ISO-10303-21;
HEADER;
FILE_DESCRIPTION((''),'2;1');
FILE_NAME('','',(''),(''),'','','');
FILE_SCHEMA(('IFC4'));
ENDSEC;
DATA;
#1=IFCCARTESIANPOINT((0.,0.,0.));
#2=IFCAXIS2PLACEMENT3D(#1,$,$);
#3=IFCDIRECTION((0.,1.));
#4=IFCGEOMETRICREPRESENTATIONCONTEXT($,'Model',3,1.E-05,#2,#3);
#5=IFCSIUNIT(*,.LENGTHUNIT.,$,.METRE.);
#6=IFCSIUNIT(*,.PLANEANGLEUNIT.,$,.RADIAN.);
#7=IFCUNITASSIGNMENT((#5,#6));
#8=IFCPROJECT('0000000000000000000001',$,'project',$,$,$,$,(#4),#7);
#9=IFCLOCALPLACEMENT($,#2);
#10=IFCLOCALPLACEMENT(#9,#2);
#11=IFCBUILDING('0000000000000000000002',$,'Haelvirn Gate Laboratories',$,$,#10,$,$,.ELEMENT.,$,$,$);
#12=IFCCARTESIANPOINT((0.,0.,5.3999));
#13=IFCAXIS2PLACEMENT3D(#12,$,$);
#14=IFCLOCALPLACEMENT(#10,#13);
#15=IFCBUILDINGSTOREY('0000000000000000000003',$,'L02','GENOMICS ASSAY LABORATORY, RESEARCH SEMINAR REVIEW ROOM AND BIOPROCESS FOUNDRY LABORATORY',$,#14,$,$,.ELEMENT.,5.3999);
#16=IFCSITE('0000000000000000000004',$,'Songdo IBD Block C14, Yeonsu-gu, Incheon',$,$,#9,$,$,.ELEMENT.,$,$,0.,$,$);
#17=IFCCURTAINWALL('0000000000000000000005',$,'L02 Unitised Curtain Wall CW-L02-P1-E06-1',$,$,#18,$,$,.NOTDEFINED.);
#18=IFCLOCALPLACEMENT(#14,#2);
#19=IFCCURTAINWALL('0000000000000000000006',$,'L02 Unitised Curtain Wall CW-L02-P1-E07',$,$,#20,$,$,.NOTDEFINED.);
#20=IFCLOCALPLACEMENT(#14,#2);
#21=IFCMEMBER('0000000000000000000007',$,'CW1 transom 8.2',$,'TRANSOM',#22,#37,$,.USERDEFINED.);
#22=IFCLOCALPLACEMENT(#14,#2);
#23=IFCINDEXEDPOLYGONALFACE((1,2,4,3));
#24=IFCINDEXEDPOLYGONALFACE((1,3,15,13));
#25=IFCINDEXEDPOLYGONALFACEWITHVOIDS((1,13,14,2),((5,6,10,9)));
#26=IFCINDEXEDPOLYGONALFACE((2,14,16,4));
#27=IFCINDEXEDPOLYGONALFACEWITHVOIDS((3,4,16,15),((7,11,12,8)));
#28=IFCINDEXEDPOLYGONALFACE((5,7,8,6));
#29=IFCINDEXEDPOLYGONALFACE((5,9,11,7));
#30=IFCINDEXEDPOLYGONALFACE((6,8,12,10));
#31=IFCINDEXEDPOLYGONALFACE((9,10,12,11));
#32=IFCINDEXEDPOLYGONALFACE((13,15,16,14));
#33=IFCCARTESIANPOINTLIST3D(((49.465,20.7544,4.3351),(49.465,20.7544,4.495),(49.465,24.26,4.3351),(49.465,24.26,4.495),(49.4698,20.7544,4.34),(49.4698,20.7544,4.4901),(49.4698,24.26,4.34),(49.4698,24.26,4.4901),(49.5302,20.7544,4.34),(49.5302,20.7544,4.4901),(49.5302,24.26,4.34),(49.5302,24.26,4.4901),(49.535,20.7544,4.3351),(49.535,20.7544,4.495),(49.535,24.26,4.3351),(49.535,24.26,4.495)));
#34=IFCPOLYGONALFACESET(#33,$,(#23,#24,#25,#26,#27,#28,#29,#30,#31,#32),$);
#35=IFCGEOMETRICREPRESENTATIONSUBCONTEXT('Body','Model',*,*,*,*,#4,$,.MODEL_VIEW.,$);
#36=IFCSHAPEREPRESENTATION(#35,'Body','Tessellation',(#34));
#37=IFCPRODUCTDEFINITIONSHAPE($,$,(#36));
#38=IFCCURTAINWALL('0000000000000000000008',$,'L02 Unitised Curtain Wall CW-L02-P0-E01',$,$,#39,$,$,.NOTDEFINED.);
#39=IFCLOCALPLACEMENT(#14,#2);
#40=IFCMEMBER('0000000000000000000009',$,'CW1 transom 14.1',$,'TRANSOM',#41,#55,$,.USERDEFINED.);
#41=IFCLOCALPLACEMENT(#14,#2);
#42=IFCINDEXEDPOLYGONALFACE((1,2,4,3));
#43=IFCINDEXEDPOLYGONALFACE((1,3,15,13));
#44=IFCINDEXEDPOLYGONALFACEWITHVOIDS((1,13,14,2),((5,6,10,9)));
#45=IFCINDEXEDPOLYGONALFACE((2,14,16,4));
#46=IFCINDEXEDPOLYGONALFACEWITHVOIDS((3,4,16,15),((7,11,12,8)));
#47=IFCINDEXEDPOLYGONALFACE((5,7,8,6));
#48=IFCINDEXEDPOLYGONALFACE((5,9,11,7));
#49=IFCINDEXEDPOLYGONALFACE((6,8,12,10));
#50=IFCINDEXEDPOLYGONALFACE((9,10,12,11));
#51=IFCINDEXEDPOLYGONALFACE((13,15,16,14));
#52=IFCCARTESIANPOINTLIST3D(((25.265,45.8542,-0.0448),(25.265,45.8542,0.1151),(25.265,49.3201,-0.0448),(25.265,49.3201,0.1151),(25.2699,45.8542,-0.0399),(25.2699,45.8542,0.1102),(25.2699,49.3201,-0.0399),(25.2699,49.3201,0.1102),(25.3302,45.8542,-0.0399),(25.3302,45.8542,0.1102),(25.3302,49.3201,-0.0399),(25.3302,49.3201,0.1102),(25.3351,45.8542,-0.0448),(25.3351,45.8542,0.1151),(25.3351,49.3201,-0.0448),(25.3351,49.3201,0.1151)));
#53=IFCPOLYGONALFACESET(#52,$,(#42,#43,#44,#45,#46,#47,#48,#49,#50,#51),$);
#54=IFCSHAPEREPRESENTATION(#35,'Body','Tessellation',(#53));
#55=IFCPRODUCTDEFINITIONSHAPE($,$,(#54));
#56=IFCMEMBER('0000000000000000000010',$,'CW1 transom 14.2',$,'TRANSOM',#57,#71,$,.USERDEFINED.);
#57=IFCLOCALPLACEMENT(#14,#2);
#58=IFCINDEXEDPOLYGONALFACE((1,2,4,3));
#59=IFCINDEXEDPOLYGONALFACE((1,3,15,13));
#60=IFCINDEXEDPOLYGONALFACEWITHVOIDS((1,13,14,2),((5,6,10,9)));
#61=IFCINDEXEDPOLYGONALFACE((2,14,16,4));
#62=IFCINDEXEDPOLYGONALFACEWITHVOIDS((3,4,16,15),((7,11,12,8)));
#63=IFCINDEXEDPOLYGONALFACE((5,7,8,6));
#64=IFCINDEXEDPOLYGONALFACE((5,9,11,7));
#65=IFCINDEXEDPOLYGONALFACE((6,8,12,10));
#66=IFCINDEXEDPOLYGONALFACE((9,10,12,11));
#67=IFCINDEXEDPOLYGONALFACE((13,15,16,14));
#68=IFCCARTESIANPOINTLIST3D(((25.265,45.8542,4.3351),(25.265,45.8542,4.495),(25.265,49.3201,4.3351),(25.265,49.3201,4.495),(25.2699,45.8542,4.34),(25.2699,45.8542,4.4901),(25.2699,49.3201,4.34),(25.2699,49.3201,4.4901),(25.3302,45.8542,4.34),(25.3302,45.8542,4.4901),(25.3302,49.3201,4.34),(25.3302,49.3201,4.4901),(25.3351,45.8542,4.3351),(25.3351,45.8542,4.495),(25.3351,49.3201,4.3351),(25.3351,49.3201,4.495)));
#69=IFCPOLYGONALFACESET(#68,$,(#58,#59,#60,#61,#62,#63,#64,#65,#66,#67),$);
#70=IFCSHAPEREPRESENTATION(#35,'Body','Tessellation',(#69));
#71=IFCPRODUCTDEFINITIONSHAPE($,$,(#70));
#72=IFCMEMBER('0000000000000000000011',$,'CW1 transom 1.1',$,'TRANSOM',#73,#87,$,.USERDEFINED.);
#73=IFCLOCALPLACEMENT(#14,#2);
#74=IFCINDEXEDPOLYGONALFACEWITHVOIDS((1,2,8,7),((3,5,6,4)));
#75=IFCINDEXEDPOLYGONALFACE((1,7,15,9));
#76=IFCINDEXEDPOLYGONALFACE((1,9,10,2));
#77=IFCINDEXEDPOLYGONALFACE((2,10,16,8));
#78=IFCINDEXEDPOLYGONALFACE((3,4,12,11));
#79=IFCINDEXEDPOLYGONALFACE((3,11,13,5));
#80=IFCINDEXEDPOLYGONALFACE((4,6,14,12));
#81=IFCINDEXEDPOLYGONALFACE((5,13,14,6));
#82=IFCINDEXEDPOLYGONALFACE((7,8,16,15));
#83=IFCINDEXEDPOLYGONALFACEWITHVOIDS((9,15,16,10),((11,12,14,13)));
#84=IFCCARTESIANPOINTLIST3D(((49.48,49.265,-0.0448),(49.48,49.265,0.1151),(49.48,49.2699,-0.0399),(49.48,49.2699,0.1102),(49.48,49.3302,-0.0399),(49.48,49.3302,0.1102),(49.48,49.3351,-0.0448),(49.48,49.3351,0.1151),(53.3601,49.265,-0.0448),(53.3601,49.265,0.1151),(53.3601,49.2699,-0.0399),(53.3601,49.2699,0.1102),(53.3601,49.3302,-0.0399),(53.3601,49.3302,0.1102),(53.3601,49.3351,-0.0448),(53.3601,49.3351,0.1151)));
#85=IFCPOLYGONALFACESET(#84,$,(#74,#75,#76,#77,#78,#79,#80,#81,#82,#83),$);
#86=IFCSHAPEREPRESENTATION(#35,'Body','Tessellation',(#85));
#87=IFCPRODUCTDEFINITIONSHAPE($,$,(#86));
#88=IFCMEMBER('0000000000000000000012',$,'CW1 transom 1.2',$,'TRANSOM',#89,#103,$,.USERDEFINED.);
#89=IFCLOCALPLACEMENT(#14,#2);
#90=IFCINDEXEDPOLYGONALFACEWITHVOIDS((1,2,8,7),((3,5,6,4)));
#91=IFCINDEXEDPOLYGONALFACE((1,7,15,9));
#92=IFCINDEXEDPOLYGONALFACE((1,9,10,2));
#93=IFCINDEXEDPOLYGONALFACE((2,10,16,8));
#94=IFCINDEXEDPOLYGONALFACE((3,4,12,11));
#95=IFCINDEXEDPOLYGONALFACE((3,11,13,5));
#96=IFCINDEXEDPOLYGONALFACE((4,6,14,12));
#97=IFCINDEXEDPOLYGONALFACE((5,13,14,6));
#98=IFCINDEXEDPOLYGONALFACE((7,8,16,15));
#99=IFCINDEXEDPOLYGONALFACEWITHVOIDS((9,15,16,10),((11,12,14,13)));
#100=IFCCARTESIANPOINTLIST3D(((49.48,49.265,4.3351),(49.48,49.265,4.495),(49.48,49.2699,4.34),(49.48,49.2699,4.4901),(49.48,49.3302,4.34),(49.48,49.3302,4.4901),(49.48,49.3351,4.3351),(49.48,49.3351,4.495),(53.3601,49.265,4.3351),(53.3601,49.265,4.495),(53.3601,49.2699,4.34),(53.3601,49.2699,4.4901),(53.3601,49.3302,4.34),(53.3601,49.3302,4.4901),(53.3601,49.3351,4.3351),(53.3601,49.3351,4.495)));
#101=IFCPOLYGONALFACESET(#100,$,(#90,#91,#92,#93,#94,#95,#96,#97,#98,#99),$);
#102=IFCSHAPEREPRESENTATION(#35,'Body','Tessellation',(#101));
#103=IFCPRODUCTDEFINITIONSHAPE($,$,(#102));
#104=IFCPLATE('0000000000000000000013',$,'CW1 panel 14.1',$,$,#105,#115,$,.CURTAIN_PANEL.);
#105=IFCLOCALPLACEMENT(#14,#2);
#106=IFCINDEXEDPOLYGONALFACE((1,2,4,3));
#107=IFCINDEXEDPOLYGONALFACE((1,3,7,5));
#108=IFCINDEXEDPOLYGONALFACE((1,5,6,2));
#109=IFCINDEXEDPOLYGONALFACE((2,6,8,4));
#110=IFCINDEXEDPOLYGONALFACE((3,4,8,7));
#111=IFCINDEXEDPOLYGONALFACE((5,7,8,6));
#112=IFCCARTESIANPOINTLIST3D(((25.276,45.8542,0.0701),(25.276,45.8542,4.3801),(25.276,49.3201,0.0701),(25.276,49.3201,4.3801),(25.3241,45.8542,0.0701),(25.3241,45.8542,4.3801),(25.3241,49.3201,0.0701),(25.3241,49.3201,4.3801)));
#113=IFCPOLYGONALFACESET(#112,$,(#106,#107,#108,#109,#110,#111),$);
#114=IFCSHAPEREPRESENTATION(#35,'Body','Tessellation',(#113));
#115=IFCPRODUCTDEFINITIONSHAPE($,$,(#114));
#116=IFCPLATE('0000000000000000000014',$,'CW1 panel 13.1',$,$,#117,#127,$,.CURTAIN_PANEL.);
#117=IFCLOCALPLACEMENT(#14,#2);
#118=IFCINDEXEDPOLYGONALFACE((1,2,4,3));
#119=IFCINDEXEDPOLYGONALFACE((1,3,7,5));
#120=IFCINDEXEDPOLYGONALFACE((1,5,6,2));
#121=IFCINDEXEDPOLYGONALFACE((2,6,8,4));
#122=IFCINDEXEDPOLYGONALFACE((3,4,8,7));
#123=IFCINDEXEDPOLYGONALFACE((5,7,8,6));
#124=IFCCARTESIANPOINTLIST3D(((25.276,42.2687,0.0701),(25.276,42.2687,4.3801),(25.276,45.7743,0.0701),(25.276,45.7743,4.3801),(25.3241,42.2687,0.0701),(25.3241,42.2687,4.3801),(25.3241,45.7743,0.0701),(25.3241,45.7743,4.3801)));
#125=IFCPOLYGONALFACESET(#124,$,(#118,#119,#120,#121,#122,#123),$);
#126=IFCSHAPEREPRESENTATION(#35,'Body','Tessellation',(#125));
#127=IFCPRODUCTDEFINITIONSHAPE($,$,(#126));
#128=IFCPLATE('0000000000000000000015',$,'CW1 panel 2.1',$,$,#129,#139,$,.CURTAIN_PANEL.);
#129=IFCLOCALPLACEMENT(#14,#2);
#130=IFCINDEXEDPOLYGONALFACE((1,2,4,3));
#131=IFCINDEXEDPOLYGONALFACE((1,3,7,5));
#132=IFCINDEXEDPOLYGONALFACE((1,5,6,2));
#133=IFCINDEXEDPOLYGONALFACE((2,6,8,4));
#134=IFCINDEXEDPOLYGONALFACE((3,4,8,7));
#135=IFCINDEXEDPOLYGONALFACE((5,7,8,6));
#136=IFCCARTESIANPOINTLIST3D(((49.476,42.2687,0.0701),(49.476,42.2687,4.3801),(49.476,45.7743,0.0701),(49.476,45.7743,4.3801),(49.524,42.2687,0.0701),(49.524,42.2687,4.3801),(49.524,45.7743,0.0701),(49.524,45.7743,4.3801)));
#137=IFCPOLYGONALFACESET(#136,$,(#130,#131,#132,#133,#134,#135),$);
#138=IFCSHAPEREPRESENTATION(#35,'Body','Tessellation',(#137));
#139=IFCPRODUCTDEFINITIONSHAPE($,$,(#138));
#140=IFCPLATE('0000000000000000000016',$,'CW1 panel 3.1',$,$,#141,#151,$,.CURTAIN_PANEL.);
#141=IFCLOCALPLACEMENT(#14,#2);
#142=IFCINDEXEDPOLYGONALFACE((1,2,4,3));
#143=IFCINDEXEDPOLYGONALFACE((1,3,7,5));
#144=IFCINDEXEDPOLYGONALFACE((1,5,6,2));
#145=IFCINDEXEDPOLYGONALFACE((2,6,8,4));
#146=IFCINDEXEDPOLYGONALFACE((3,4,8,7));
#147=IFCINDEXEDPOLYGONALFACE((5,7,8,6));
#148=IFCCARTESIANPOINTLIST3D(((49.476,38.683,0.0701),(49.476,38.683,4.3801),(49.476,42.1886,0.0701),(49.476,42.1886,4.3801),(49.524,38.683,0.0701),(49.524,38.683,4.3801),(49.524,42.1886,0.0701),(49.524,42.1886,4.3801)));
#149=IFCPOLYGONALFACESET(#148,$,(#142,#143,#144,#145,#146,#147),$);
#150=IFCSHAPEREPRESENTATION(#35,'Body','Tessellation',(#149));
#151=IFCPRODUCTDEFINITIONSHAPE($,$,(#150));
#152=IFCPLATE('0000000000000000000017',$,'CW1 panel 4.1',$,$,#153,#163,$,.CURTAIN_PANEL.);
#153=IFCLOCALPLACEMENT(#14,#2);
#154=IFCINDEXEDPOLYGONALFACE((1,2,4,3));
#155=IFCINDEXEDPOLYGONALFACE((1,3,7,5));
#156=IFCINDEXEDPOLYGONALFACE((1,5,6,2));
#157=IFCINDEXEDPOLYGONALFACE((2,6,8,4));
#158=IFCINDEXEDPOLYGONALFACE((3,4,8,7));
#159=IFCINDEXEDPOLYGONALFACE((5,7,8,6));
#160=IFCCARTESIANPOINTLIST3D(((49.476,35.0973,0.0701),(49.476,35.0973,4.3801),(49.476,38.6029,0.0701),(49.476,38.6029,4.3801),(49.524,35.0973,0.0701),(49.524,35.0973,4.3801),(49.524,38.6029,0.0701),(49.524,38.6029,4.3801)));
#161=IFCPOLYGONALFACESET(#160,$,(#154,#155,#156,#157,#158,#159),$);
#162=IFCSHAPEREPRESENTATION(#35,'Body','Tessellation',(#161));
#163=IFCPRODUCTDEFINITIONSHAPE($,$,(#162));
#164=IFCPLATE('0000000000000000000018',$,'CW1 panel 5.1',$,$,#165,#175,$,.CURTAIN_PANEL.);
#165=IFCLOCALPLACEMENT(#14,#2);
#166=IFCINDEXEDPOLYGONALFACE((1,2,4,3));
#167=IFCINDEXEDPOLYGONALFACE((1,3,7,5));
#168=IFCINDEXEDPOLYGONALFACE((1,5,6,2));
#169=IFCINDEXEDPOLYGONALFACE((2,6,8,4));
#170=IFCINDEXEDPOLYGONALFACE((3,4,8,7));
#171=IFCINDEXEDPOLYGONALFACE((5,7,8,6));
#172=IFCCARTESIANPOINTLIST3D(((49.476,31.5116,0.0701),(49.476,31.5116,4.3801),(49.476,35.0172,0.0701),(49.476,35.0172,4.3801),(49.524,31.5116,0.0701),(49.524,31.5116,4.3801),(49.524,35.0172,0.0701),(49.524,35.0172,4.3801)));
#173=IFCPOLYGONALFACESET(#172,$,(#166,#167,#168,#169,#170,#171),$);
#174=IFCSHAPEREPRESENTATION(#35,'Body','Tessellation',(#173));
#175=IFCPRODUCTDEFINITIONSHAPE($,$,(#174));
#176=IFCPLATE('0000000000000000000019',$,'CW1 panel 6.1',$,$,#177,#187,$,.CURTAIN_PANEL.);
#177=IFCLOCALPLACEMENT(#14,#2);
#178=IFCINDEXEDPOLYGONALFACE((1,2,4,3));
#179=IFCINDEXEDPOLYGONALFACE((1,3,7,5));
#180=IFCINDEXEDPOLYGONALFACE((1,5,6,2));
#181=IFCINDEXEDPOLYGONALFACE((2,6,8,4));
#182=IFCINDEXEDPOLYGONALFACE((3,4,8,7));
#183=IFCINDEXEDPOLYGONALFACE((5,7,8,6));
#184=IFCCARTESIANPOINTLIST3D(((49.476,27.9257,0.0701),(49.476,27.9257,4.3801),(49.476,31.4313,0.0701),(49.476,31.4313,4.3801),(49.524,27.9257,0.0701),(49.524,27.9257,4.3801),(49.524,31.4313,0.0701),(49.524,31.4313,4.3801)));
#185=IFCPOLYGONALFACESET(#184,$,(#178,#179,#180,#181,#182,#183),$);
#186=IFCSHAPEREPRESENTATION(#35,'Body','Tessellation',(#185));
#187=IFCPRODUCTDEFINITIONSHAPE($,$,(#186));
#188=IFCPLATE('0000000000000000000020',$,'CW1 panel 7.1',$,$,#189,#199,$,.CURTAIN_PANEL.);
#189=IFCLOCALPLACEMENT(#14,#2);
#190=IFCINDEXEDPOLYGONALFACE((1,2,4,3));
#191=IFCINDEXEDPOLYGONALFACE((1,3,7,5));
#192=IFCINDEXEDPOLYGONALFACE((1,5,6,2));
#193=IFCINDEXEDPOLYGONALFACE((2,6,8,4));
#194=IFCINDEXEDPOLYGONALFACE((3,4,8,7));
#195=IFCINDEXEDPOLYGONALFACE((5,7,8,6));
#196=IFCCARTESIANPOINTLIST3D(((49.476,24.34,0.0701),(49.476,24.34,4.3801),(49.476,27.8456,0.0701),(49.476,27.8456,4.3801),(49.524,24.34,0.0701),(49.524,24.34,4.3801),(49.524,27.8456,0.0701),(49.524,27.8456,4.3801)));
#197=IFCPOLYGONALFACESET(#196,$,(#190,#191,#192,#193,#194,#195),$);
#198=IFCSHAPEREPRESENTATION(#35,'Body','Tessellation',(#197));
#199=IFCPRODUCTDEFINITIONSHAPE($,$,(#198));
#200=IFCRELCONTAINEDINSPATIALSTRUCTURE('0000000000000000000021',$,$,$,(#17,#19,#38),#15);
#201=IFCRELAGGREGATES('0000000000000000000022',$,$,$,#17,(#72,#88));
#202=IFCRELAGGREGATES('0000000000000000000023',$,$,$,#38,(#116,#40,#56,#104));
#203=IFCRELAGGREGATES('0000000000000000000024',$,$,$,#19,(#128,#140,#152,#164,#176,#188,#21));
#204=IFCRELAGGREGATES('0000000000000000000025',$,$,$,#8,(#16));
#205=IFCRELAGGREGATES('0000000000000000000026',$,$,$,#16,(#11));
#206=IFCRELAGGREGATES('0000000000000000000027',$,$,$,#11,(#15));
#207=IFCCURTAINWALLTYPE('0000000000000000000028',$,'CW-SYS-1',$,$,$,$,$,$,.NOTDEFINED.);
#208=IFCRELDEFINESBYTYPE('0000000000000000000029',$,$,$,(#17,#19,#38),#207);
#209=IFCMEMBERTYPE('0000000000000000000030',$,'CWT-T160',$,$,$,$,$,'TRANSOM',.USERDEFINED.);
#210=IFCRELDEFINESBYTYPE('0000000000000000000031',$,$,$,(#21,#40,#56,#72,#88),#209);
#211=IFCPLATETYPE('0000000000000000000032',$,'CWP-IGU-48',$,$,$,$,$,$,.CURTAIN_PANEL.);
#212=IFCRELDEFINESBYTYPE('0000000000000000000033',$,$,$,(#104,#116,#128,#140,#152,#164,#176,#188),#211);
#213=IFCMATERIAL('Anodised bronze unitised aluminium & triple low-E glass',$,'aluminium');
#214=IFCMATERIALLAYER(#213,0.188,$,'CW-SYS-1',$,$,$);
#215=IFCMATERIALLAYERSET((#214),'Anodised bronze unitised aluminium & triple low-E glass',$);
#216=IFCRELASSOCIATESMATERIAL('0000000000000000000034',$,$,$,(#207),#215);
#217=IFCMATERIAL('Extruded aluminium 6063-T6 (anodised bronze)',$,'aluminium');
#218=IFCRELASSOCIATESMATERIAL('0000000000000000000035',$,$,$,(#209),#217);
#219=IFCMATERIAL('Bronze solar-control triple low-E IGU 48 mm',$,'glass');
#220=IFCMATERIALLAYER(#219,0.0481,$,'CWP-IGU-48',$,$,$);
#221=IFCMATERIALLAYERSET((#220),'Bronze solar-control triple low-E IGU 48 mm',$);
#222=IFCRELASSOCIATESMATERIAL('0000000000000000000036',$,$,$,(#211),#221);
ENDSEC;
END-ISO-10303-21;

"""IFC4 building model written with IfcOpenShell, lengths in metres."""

from ifc_helpers import new_model, si_unit, direction, frame, origin, origin_2d, place, context, subcontext, project, spatial, rectangle, hollow_rectangle, extrude, source, transform, mapped, material, layer, layer_set, material_profile, profile_set, type_object, type_shapes, element, aggregate, save


model = new_model("IFC4")

# Units and contexts
model_context = context("Model", 3, precision=1e-05, world=origin(), true_north=direction((0.0, 1.0)))
body_context = subcontext(model_context, "Body", "Model", "MODEL_VIEW")
ifc_project = project(units=[si_unit("LENGTHUNIT", "METRE"), si_unit("PLANEANGLEUNIT", "RADIAN")], contexts=[model_context])

# Site, building, storey
site_placement = place(None, origin())
site = spatial("IfcSite", under=ifc_project, at=site_placement, Name="Songdo IBD Block C14, Yeonsu-gu, Incheon", CompositionType="ELEMENT", RefElevation=0.0)
building_placement = place(site_placement, origin())
building = spatial("IfcBuilding", under=site, at=building_placement, Name="Haelvirn Gate Laboratories", CompositionType="ELEMENT")
storey_placement = place(building_placement, frame((0.0, 0.0, 5.3999)))
storey = spatial("IfcBuildingStorey", under=building, at=storey_placement, Name="L02", Description="GENOMICS ASSAY LABORATORY, RESEARCH SEMINAR REVIEW ROOM AND BIOPROCESS FOUNDRY LABORATORY", CompositionType="ELEMENT", Elevation=5.3999)

# Curtain wall
ifc_material_1 = material(Name="Anodised bronze unitised aluminium & triple low-E glass", Category="aluminium")
ifc_layer_1 = layer(ifc_material_1, 0.188, Name="CW-SYS-1")
ifc_layer_set_1 = layer_set([ifc_layer_1], Name="Anodised bronze unitised aluminium & triple low-E glass")
curtain_wall_type = type_object("IfcCurtainWallType", Name="CW-SYS-1", PredefinedType="NOTDEFINED", material=ifc_layer_set_1)
ifc_material_2 = material(Name="Extruded aluminium 6063-T6 (anodised bronze)", Category="aluminium")
curtain_wall_1_placement = place(storey_placement, origin())
curtain_wall_1 = element("IfcCurtainWall", 1, at=curtain_wall_1_placement, inside=storey, type_object=curtain_wall_type, Name="L02 Unitised Curtain Wall CW-L02-P1-E06-1", PredefinedType="NOTDEFINED")

# Curtain walls, members
curtain_wall_2_placement = place(storey_placement, origin())
curtain_wall_2 = element("IfcCurtainWall", 2, at=curtain_wall_2_placement, inside=storey, type_object=curtain_wall_type, Name="L02 Unitised Curtain Wall CW-L02-P1-E07", PredefinedType="NOTDEFINED")
ifc_material_profile_1 = material_profile(ifc_material_2, hollow_rectangle(XDim=0.0701, YDim=0.1599, WallThickness=0.0049, at=origin_2d()), Name="CWT-160x70x5")
ifc_profile_set_1 = profile_set([ifc_material_profile_1], Name="Extruded aluminium 6063-T6 (anodised bronze)")
member_type_1 = type_object("IfcMemberType", Name="CWT-T160", ElementType="TRANSOM", PredefinedType="USERDEFINED", material=ifc_profile_set_1)
shared_shape_1 = source(origin(), body_context, "Body", "SweptSolid", [
    extrude(hollow_rectangle(XDim=0.0701, YDim=0.1599, WallThickness=0.0049, at=origin_2d()), origin(), (0.0, 0.0, 1.0), 3.5056),
])
member_1_placement = place(storey_placement, frame((49.5, 24.26, 4.415), z_axis=(0.0, -1.0, 0.0), x_axis=(1.0, 0.0, 0.0)))
member_1 = element("IfcMember", 3, at=member_1_placement, type_object=member_type_1, Name="CW1 transom 8.2", ObjectType="TRANSOM", PredefinedType="USERDEFINED", context=body_context, shape_type="MappedRepresentation", body=[
    mapped(shared_shape_1, transform((0.0, 0.0, 0.0), scale=1.0)),
])
curtain_wall_3_placement = place(storey_placement, origin())
curtain_wall_3 = element("IfcCurtainWall", 4, at=curtain_wall_3_placement, inside=storey, type_object=curtain_wall_type, Name="L02 Unitised Curtain Wall CW-L02-P0-E01", PredefinedType="NOTDEFINED")
shared_shape_2 = source(origin(), body_context, "Body", "SweptSolid", [
    extrude(hollow_rectangle(XDim=0.0701, YDim=0.1599, WallThickness=0.0049, at=origin_2d()), origin(), (0.0, 0.0, 1.0), 3.4658),
])
member_2_placement = place(storey_placement, frame((25.3, 45.8542, 0.0352), z_axis=(0.0, 1.0, 0.0), x_axis=(-1.0, 0.0, 0.0)))
member_2 = element("IfcMember", 5, at=member_2_placement, type_object=member_type_1, Name="CW1 transom 14.1", ObjectType="TRANSOM", PredefinedType="USERDEFINED", context=body_context, shape_type="MappedRepresentation", body=[
    mapped(shared_shape_2, transform((0.0, 0.0, 0.0), scale=1.0)),
])
member_3_placement = place(storey_placement, frame((25.3, 45.8542, 4.415), z_axis=(0.0, 1.0, 0.0), x_axis=(-1.0, 0.0, 0.0)))
member_3 = element("IfcMember", 6, at=member_3_placement, type_object=member_type_1, Name="CW1 transom 14.2", ObjectType="TRANSOM", PredefinedType="USERDEFINED", context=body_context, shape_type="MappedRepresentation", body=[
    mapped(shared_shape_2, transform((0.0, 0.0, 0.0), scale=1.0)),
])

# Members
shared_shape_3 = source(origin(), body_context, "Body", "SweptSolid", [
    extrude(hollow_rectangle(XDim=0.0701, YDim=0.1599, WallThickness=0.0049, at=origin_2d()), origin(), (0.0, 0.0, 1.0), 3.8801),
])
type_shapes(member_type_1, [shared_shape_1, shared_shape_2, shared_shape_3])
member_4_placement = place(storey_placement, frame((49.48, 49.3, 0.0352), z_axis=(1.0, 0.0, 0.0), x_axis=(0.0, 1.0, 0.0)))
member_4 = element("IfcMember", 7, at=member_4_placement, type_object=member_type_1, Name="CW1 transom 1.1", ObjectType="TRANSOM", PredefinedType="USERDEFINED", context=body_context, shape_type="MappedRepresentation", body=[
    mapped(shared_shape_3, transform((0.0, 0.0, 0.0), scale=1.0)),
])
member_5_placement = place(storey_placement, frame((49.48, 49.3, 4.415), z_axis=(1.0, 0.0, 0.0), x_axis=(0.0, 1.0, 0.0)))
member_5 = element("IfcMember", 8, at=member_5_placement, type_object=member_type_1, Name="CW1 transom 1.2", ObjectType="TRANSOM", PredefinedType="USERDEFINED", context=body_context, shape_type="MappedRepresentation", body=[
    mapped(shared_shape_3, transform((0.0, 0.0, 0.0), scale=1.0)),
])
aggregate(curtain_wall_1, [member_4, member_5])

# Plates
ifc_material_3 = material(Name="Bronze solar-control triple low-E IGU 48 mm", Category="glass")
ifc_layer_2 = layer(ifc_material_3, 0.0481, Name="CWP-IGU-48")
ifc_layer_set_2 = layer_set([ifc_layer_2], Name="Bronze solar-control triple low-E IGU 48 mm")
plate_type = type_object("IfcPlateType", Name="CWP-IGU-48", PredefinedType="CURTAIN_PANEL", material=ifc_layer_set_2)
shared_shape_4 = source(origin(), body_context, "Body", "SweptSolid", [
    extrude(rectangle(XDim=3.4658, YDim=0.0481, at=origin_2d()), origin(), (0.0, 0.0, 1.0), 4.3101),
])
plate_1_placement = place(storey_placement, frame((25.3, 47.5872, 0.0701), z_axis=(0.0, 0.0, 1.0), x_axis=(0.0, 1.0, 0.0)))
plate_1 = element("IfcPlate", 9, at=plate_1_placement, type_object=plate_type, Name="CW1 panel 14.1", PredefinedType="CURTAIN_PANEL", context=body_context, shape_type="MappedRepresentation", body=[
    mapped(shared_shape_4, transform((0.0, 0.0, 0.0), scale=1.0)),
])
shared_shape_5 = source(origin(), body_context, "Body", "SweptSolid", [
    extrude(rectangle(XDim=3.5056, YDim=0.0481, at=origin_2d()), origin(), (0.0, 0.0, 1.0), 4.3101),
])
type_shapes(plate_type, [shared_shape_4, shared_shape_5])
plate_2_placement = place(storey_placement, frame((25.3, 44.0215, 0.0701), z_axis=(0.0, 0.0, 1.0), x_axis=(0.0, 1.0, 0.0)))
plate_2 = element("IfcPlate", 10, at=plate_2_placement, type_object=plate_type, Name="CW1 panel 13.1", PredefinedType="CURTAIN_PANEL", context=body_context, shape_type="MappedRepresentation", body=[
    mapped(shared_shape_5, transform((0.0, 0.0, 0.0), scale=1.0)),
])
aggregate(curtain_wall_3, [plate_2, member_2, member_3, plate_1])
plate_3_placement = place(storey_placement, frame((49.5, 44.0215, 0.0701), z_axis=(0.0, 0.0, 1.0), x_axis=(0.0, -1.0, 0.0)))
plate_3 = element("IfcPlate", 11, at=plate_3_placement, type_object=plate_type, Name="CW1 panel 2.1", PredefinedType="CURTAIN_PANEL", context=body_context, shape_type="MappedRepresentation", body=[
    mapped(shared_shape_5, transform((0.0, 0.0, 0.0), scale=1.0)),
])
plate_4_placement = place(storey_placement, frame((49.5, 40.4358, 0.0701), z_axis=(0.0, 0.0, 1.0), x_axis=(0.0, -1.0, 0.0)))
plate_4 = element("IfcPlate", 12, at=plate_4_placement, type_object=plate_type, Name="CW1 panel 3.1", PredefinedType="CURTAIN_PANEL", context=body_context, shape_type="MappedRepresentation", body=[
    mapped(shared_shape_5, transform((0.0, 0.0, 0.0), scale=1.0)),
])
plate_5_placement = place(storey_placement, frame((49.5, 36.8501, 0.0701), z_axis=(0.0, 0.0, 1.0), x_axis=(0.0, -1.0, 0.0)))
plate_5 = element("IfcPlate", 13, at=plate_5_placement, type_object=plate_type, Name="CW1 panel 4.1", PredefinedType="CURTAIN_PANEL", context=body_context, shape_type="MappedRepresentation", body=[
    mapped(shared_shape_5, transform((0.0, 0.0, 0.0), scale=1.0)),
])
plate_6_placement = place(storey_placement, frame((49.5, 33.2644, 0.0701), z_axis=(0.0, 0.0, 1.0), x_axis=(0.0, -1.0, 0.0)))
plate_6 = element("IfcPlate", 14, at=plate_6_placement, type_object=plate_type, Name="CW1 panel 5.1", PredefinedType="CURTAIN_PANEL", context=body_context, shape_type="MappedRepresentation", body=[
    mapped(shared_shape_5, transform((0.0, 0.0, 0.0), scale=1.0)),
])
plate_7_placement = place(storey_placement, frame((49.5, 29.6785, 0.0701), z_axis=(0.0, 0.0, 1.0), x_axis=(0.0, -1.0, 0.0)))
plate_7 = element("IfcPlate", 15, at=plate_7_placement, type_object=plate_type, Name="CW1 panel 6.1", PredefinedType="CURTAIN_PANEL", context=body_context, shape_type="MappedRepresentation", body=[
    mapped(shared_shape_5, transform((0.0, 0.0, 0.0), scale=1.0)),
])
plate_8_placement = place(storey_placement, frame((49.5, 26.0928, 0.0701), z_axis=(0.0, 0.0, 1.0), x_axis=(0.0, -1.0, 0.0)))
plate_8 = element("IfcPlate", 16, at=plate_8_placement, type_object=plate_type, Name="CW1 panel 7.1", PredefinedType="CURTAIN_PANEL", context=body_context, shape_type="MappedRepresentation", body=[
    mapped(shared_shape_5, transform((0.0, 0.0, 0.0), scale=1.0)),
])
aggregate(curtain_wall_2, [plate_3, plate_4, plate_5, plate_6, plate_7, plate_8, member_1])

save(model, "model.ifc")
